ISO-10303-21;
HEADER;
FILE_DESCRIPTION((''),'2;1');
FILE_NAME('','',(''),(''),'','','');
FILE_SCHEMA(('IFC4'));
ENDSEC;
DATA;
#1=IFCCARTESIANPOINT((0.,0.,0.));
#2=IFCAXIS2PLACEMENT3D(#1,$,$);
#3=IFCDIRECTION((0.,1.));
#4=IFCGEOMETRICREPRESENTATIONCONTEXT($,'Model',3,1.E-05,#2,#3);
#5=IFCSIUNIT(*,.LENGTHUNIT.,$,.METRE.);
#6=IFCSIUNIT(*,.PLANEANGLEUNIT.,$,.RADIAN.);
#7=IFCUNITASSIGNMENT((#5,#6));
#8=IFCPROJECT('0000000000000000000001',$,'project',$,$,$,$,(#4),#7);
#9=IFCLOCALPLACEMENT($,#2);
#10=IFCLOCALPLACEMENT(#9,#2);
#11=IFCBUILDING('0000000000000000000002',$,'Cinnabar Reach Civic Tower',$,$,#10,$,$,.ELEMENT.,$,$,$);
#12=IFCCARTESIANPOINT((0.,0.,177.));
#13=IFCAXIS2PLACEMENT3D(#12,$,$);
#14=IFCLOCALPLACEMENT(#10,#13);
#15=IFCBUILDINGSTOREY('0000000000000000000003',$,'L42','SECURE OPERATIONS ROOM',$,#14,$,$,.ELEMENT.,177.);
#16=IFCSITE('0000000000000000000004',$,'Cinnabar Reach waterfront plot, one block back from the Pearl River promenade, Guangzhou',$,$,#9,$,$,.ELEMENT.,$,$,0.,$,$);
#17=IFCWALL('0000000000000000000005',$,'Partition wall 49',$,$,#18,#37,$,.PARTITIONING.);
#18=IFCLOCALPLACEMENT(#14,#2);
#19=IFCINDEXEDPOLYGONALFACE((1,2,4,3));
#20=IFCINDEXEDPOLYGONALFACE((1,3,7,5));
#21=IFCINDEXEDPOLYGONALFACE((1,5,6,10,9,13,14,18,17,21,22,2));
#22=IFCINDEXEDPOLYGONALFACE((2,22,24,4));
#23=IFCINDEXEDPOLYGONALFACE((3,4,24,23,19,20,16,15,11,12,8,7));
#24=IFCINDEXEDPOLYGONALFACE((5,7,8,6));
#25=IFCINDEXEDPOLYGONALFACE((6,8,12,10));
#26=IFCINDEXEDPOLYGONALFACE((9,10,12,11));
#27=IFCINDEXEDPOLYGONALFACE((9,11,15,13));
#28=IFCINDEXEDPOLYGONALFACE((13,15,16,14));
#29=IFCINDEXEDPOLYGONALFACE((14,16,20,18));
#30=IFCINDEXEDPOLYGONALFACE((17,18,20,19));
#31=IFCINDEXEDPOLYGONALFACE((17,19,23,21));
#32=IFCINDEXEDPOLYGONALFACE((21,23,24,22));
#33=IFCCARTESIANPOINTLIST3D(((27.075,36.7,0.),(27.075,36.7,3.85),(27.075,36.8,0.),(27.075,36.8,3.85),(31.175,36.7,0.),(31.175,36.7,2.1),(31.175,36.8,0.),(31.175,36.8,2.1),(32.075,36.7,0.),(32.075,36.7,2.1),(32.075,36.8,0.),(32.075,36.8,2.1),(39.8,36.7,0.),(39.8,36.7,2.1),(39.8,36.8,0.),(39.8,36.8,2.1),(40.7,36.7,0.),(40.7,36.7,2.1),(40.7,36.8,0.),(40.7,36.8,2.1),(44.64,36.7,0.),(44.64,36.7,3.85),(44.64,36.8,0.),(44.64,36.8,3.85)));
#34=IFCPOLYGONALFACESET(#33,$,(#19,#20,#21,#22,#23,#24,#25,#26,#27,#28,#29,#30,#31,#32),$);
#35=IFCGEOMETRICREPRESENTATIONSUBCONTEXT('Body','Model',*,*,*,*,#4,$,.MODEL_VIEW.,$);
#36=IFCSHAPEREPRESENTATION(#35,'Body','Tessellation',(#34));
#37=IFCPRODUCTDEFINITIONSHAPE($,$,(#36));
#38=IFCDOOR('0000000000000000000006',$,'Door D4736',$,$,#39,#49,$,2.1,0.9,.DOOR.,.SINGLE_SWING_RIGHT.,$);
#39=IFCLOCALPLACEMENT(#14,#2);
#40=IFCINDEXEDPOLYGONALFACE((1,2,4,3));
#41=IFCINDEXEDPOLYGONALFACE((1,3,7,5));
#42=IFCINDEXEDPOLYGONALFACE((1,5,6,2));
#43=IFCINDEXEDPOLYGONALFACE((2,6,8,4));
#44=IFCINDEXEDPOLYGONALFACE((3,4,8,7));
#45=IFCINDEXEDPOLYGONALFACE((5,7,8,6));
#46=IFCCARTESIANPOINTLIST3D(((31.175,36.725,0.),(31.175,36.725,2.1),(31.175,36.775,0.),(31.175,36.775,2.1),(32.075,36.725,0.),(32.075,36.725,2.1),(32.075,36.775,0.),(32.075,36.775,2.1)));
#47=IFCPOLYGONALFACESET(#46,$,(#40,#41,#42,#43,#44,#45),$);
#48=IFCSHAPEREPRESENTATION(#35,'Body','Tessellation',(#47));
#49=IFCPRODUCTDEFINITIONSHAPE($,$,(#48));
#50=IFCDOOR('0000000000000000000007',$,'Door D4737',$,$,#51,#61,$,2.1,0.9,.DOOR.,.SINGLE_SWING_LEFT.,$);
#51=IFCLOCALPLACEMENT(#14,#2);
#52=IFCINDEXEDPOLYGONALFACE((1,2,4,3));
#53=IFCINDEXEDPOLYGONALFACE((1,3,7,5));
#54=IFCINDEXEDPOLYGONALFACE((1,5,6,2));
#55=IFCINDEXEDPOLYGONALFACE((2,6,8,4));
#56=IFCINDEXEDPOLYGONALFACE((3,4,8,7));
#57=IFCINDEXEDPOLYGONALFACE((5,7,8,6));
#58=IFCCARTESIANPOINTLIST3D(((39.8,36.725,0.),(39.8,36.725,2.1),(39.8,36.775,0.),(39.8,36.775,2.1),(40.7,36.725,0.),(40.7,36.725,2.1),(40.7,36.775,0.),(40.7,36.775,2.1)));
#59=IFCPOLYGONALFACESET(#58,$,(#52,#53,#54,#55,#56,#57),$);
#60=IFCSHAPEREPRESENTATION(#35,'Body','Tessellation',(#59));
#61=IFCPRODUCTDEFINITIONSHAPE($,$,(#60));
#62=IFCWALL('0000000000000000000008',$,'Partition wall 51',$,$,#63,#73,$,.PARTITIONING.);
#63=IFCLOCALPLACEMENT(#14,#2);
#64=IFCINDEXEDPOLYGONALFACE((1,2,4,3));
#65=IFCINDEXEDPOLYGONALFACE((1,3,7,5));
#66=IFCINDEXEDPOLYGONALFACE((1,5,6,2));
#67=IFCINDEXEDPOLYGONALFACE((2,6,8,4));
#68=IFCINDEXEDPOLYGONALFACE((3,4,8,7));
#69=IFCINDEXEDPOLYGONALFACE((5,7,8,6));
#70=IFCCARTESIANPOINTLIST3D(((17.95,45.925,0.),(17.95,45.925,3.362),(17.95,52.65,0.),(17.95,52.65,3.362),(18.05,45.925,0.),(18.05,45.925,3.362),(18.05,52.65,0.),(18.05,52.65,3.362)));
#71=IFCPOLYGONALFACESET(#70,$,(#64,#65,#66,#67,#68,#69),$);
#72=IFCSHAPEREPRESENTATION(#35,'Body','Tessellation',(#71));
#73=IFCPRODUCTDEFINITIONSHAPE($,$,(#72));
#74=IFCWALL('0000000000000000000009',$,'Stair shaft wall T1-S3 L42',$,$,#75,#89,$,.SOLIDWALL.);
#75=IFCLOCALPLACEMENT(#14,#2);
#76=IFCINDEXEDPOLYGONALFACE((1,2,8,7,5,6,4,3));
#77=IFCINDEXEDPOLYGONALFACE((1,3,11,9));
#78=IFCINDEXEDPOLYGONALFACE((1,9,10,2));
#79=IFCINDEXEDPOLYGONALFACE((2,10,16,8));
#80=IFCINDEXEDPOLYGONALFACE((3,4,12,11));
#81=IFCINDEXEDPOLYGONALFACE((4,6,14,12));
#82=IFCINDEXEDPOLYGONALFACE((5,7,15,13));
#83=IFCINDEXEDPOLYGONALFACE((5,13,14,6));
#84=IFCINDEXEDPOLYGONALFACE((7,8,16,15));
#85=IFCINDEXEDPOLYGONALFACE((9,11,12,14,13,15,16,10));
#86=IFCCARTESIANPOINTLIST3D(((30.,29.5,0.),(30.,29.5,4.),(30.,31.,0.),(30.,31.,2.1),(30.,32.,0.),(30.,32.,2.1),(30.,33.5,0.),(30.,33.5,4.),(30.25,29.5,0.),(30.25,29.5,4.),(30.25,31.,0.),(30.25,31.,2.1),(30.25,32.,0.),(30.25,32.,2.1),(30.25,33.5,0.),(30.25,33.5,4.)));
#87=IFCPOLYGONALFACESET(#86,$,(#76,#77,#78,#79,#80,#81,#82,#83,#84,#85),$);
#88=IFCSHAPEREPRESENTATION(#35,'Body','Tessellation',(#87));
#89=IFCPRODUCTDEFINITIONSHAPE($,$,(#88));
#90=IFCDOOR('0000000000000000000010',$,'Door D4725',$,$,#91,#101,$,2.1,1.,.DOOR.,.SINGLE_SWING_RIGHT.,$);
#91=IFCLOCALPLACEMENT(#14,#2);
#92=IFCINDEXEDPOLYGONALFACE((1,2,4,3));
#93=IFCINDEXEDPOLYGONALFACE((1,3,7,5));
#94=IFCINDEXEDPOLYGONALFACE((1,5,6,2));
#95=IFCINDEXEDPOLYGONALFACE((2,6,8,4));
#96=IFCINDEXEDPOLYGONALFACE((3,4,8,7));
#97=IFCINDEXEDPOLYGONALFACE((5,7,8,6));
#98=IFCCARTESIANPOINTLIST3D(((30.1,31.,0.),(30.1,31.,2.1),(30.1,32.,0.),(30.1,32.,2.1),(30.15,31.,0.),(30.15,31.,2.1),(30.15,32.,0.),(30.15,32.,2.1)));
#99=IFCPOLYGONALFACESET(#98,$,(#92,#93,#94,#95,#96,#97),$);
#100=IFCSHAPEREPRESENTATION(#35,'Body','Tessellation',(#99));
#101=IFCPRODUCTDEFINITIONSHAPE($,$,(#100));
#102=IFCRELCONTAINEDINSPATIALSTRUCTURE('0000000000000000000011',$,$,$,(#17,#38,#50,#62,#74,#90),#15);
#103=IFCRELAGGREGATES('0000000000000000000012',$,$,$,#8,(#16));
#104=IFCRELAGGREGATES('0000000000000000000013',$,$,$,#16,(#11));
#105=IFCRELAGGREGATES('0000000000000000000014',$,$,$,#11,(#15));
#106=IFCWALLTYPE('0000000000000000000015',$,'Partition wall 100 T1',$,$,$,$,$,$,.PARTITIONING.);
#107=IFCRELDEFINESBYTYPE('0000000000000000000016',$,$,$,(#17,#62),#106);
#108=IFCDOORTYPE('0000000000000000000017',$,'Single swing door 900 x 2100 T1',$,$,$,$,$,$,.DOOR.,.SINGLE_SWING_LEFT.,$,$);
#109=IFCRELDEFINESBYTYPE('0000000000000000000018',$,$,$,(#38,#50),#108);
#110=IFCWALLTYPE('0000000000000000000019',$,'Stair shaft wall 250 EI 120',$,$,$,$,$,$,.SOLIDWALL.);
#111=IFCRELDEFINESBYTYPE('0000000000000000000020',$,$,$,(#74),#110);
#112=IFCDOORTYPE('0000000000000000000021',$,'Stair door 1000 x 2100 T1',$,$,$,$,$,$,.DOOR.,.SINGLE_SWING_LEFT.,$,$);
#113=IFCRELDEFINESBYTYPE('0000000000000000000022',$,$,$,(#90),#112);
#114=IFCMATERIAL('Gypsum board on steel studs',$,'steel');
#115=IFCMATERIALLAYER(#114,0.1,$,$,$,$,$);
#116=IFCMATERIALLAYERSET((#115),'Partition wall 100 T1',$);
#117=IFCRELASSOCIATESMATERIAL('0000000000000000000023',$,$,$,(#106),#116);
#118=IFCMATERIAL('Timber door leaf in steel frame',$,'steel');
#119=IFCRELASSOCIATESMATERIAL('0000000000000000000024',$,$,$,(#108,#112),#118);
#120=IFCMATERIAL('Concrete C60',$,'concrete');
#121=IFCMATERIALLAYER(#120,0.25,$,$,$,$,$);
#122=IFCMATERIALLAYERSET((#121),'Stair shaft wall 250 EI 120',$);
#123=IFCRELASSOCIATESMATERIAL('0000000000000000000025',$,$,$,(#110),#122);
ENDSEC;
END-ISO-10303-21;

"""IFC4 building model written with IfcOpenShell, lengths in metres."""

from ifc_helpers import new_model, si_unit, direction, frame, frame_2d, origin, place, context, subcontext, project, spatial, rectangle, extrude, material, layer, layer_set, type_object, element, fill, save


model = new_model("IFC4")

# Units and contexts
model_context = context("Model", 3, precision=1e-05, world=origin(), true_north=direction((0.0, 1.0)))
body_context = subcontext(model_context, "Body", "Model", "MODEL_VIEW")
ifc_project = project(units=[si_unit("LENGTHUNIT", "METRE"), si_unit("PLANEANGLEUNIT", "RADIAN")], contexts=[model_context])

# Site, building, storey
site_placement = place(None, origin())
site = spatial("IfcSite", under=ifc_project, at=site_placement, Name="Cinnabar Reach waterfront plot, one block back from the Pearl River promenade, Guangzhou", CompositionType="ELEMENT", RefElevation=0.0)
building_placement = place(site_placement, origin())
building = spatial("IfcBuilding", under=site, at=building_placement, Name="Cinnabar Reach Civic Tower", CompositionType="ELEMENT")
storey_placement = place(building_placement, frame((0.0, 0.0, 177.0)))
storey = spatial("IfcBuildingStorey", under=building, at=storey_placement, Name="L42", Description="SECURE OPERATIONS ROOM", CompositionType="ELEMENT", Elevation=177.0)

# Shared definitions
ifc_material_1 = material(Name="Timber door leaf in steel frame", Category="steel")

# Wall, openings, doors
ifc_material_2 = material(Name="Gypsum board on steel studs", Category="steel")
ifc_layer_1 = layer(ifc_material_2, 0.1)
ifc_layer_set_1 = layer_set([ifc_layer_1], Name="Partition wall 100 T1")
wall_type_1 = type_object("IfcWallType", Name="Partition wall 100 T1", PredefinedType="PARTITIONING", material=ifc_layer_set_1)
wall_1_placement = place(storey_placement, frame((27.075, 36.75, 0.0), z_axis=(0.0, 0.0, 1.0), x_axis=(1.0, 0.0, 0.0)))
wall_1 = element("IfcWall", 1, at=wall_1_placement, inside=storey, type_object=wall_type_1, Name="Partition wall 49", PredefinedType="PARTITIONING", context=body_context, shape_type="SweptSolid", body=[
    extrude(rectangle(XDim=17.565, YDim=0.1, at=frame_2d((8.7825, 0.0))), origin(), (0.0, 0.0, 1.0), 3.85),
])
opening_1_placement = place(wall_1_placement, frame((4.1, 0.0, 0.0)))
opening_1 = element("IfcOpeningElement", 2, at=opening_1_placement, cuts=wall_1, PredefinedType="OPENING", context=body_context, shape_type="SweptSolid", body=[
    extrude(rectangle(XDim=0.9, YDim=2.1, at=frame_2d((0.45, 1.05))), frame((0.0, 0.06, 0.0), z_axis=(0.0, -1.0, 0.0), x_axis=(1.0, 0.0, 0.0)), (0.0, 0.0, 1.0), 0.12),
])
opening_2_placement = place(wall_1_placement, frame((12.725, 0.0, 0.0)))
opening_2 = element("IfcOpeningElement", 3, at=opening_2_placement, cuts=wall_1, PredefinedType="OPENING", context=body_context, shape_type="SweptSolid", body=[
    extrude(rectangle(XDim=0.9, YDim=2.1, at=frame_2d((0.45, 1.05))), frame((0.0, 0.06, 0.0), z_axis=(0.0, -1.0, 0.0), x_axis=(1.0, 0.0, 0.0)), (0.0, 0.0, 1.0), 0.12),
])
door_type_1 = type_object("IfcDoorType", Name="Single swing door 900 x 2100 T1", OperationType="SINGLE_SWING_LEFT", PredefinedType="DOOR", material=ifc_material_1)
door_1_placement = place(opening_1_placement, origin())
door_1 = element("IfcDoor", 4, at=door_1_placement, inside=storey, type_object=door_type_1, Name="Door D4736", OperationType="SINGLE_SWING_RIGHT", OverallHeight=2.1, OverallWidth=0.9, PredefinedType="DOOR", context=body_context, shape_type="SweptSolid", body=[
    extrude(rectangle(XDim=0.9, YDim=2.1, at=frame_2d((0.45, 1.05))), frame((0.0, 0.025, 0.0), z_axis=(0.0, -1.0, 0.0), x_axis=(1.0, 0.0, 0.0)), (0.0, 0.0, 1.0), 0.05),
])
fill(opening_1, door_1)
door_2_placement = place(opening_2_placement, origin())
door_2 = element("IfcDoor", 5, at=door_2_placement, inside=storey, type_object=door_type_1, Name="Door D4737", OperationType="SINGLE_SWING_LEFT", OverallHeight=2.1, OverallWidth=0.9, PredefinedType="DOOR", context=body_context, shape_type="SweptSolid", body=[
    extrude(rectangle(XDim=0.9, YDim=2.1, at=frame_2d((0.45, 1.05))), frame((0.0, 0.025, 0.0), z_axis=(0.0, -1.0, 0.0), x_axis=(1.0, 0.0, 0.0)), (0.0, 0.0, 1.0), 0.05),
])
fill(opening_2, door_2)

# Wall
wall_2_placement = place(storey_placement, frame((18.0, 45.925, 0.0), z_axis=(0.0, 0.0, 1.0), x_axis=(0.0, 1.0, 0.0)))
element("IfcWall", 6, at=wall_2_placement, inside=storey, type_object=wall_type_1, Name="Partition wall 51", PredefinedType="PARTITIONING", context=body_context, shape_type="SweptSolid", body=[
    extrude(rectangle(XDim=6.725, YDim=0.1, at=frame_2d((3.3625, 0.0))), origin(), (0.0, 0.0, 1.0), 3.362),
])

# Wall, opening, door
ifc_material_3 = material(Name="Concrete C60", Category="concrete")
ifc_layer_2 = layer(ifc_material_3, 0.25)
ifc_layer_set_2 = layer_set([ifc_layer_2], Name="Stair shaft wall 250 EI 120")
wall_type_2 = type_object("IfcWallType", Name="Stair shaft wall 250 EI 120", PredefinedType="SOLIDWALL", material=ifc_layer_set_2)
wall_3_placement = place(storey_placement, frame((30.125, 33.5, 0.0), z_axis=(0.0, 0.0, 1.0), x_axis=(0.0, -1.0, 0.0)))
wall_3 = element("IfcWall", 7, at=wall_3_placement, inside=storey, type_object=wall_type_2, Name="Stair shaft wall T1-S3 L42", PredefinedType="SOLIDWALL", context=body_context, shape_type="SweptSolid", body=[
    extrude(rectangle(XDim=4.0, YDim=0.25, at=frame_2d((2.0, 0.0))), origin(), (0.0, 0.0, 1.0), 4.0),
])
opening_3_placement = place(wall_3_placement, frame((1.5, 0.0, 0.0)))
opening_3 = element("IfcOpeningElement", 8, at=opening_3_placement, cuts=wall_3, PredefinedType="OPENING", context=body_context, shape_type="SweptSolid", body=[
    extrude(rectangle(XDim=1.0, YDim=2.1, at=frame_2d((0.5, 1.05))), frame((0.0, 0.135, 0.0), z_axis=(0.0, -1.0, 0.0), x_axis=(1.0, 0.0, 0.0)), (0.0, 0.0, 1.0), 0.27),
])
door_type_2 = type_object("IfcDoorType", Name="Stair door 1000 x 2100 T1", OperationType="SINGLE_SWING_LEFT", PredefinedType="DOOR", material=ifc_material_1)
door_3_placement = place(opening_3_placement, origin())
door_3 = element("IfcDoor", 9, at=door_3_placement, inside=storey, type_object=door_type_2, Name="Door D4725", OperationType="SINGLE_SWING_RIGHT", OverallHeight=2.1, OverallWidth=1.0, PredefinedType="DOOR", context=body_context, shape_type="SweptSolid", body=[
    extrude(rectangle(XDim=1.0, YDim=2.1, at=frame_2d((0.5, 1.05))), frame((0.0, 0.025, 0.0), z_axis=(0.0, -1.0, 0.0), x_axis=(1.0, 0.0, 0.0)), (0.0, 0.0, 1.0), 0.05),
])
fill(opening_3, door_3)

save(model, "model.ifc")
